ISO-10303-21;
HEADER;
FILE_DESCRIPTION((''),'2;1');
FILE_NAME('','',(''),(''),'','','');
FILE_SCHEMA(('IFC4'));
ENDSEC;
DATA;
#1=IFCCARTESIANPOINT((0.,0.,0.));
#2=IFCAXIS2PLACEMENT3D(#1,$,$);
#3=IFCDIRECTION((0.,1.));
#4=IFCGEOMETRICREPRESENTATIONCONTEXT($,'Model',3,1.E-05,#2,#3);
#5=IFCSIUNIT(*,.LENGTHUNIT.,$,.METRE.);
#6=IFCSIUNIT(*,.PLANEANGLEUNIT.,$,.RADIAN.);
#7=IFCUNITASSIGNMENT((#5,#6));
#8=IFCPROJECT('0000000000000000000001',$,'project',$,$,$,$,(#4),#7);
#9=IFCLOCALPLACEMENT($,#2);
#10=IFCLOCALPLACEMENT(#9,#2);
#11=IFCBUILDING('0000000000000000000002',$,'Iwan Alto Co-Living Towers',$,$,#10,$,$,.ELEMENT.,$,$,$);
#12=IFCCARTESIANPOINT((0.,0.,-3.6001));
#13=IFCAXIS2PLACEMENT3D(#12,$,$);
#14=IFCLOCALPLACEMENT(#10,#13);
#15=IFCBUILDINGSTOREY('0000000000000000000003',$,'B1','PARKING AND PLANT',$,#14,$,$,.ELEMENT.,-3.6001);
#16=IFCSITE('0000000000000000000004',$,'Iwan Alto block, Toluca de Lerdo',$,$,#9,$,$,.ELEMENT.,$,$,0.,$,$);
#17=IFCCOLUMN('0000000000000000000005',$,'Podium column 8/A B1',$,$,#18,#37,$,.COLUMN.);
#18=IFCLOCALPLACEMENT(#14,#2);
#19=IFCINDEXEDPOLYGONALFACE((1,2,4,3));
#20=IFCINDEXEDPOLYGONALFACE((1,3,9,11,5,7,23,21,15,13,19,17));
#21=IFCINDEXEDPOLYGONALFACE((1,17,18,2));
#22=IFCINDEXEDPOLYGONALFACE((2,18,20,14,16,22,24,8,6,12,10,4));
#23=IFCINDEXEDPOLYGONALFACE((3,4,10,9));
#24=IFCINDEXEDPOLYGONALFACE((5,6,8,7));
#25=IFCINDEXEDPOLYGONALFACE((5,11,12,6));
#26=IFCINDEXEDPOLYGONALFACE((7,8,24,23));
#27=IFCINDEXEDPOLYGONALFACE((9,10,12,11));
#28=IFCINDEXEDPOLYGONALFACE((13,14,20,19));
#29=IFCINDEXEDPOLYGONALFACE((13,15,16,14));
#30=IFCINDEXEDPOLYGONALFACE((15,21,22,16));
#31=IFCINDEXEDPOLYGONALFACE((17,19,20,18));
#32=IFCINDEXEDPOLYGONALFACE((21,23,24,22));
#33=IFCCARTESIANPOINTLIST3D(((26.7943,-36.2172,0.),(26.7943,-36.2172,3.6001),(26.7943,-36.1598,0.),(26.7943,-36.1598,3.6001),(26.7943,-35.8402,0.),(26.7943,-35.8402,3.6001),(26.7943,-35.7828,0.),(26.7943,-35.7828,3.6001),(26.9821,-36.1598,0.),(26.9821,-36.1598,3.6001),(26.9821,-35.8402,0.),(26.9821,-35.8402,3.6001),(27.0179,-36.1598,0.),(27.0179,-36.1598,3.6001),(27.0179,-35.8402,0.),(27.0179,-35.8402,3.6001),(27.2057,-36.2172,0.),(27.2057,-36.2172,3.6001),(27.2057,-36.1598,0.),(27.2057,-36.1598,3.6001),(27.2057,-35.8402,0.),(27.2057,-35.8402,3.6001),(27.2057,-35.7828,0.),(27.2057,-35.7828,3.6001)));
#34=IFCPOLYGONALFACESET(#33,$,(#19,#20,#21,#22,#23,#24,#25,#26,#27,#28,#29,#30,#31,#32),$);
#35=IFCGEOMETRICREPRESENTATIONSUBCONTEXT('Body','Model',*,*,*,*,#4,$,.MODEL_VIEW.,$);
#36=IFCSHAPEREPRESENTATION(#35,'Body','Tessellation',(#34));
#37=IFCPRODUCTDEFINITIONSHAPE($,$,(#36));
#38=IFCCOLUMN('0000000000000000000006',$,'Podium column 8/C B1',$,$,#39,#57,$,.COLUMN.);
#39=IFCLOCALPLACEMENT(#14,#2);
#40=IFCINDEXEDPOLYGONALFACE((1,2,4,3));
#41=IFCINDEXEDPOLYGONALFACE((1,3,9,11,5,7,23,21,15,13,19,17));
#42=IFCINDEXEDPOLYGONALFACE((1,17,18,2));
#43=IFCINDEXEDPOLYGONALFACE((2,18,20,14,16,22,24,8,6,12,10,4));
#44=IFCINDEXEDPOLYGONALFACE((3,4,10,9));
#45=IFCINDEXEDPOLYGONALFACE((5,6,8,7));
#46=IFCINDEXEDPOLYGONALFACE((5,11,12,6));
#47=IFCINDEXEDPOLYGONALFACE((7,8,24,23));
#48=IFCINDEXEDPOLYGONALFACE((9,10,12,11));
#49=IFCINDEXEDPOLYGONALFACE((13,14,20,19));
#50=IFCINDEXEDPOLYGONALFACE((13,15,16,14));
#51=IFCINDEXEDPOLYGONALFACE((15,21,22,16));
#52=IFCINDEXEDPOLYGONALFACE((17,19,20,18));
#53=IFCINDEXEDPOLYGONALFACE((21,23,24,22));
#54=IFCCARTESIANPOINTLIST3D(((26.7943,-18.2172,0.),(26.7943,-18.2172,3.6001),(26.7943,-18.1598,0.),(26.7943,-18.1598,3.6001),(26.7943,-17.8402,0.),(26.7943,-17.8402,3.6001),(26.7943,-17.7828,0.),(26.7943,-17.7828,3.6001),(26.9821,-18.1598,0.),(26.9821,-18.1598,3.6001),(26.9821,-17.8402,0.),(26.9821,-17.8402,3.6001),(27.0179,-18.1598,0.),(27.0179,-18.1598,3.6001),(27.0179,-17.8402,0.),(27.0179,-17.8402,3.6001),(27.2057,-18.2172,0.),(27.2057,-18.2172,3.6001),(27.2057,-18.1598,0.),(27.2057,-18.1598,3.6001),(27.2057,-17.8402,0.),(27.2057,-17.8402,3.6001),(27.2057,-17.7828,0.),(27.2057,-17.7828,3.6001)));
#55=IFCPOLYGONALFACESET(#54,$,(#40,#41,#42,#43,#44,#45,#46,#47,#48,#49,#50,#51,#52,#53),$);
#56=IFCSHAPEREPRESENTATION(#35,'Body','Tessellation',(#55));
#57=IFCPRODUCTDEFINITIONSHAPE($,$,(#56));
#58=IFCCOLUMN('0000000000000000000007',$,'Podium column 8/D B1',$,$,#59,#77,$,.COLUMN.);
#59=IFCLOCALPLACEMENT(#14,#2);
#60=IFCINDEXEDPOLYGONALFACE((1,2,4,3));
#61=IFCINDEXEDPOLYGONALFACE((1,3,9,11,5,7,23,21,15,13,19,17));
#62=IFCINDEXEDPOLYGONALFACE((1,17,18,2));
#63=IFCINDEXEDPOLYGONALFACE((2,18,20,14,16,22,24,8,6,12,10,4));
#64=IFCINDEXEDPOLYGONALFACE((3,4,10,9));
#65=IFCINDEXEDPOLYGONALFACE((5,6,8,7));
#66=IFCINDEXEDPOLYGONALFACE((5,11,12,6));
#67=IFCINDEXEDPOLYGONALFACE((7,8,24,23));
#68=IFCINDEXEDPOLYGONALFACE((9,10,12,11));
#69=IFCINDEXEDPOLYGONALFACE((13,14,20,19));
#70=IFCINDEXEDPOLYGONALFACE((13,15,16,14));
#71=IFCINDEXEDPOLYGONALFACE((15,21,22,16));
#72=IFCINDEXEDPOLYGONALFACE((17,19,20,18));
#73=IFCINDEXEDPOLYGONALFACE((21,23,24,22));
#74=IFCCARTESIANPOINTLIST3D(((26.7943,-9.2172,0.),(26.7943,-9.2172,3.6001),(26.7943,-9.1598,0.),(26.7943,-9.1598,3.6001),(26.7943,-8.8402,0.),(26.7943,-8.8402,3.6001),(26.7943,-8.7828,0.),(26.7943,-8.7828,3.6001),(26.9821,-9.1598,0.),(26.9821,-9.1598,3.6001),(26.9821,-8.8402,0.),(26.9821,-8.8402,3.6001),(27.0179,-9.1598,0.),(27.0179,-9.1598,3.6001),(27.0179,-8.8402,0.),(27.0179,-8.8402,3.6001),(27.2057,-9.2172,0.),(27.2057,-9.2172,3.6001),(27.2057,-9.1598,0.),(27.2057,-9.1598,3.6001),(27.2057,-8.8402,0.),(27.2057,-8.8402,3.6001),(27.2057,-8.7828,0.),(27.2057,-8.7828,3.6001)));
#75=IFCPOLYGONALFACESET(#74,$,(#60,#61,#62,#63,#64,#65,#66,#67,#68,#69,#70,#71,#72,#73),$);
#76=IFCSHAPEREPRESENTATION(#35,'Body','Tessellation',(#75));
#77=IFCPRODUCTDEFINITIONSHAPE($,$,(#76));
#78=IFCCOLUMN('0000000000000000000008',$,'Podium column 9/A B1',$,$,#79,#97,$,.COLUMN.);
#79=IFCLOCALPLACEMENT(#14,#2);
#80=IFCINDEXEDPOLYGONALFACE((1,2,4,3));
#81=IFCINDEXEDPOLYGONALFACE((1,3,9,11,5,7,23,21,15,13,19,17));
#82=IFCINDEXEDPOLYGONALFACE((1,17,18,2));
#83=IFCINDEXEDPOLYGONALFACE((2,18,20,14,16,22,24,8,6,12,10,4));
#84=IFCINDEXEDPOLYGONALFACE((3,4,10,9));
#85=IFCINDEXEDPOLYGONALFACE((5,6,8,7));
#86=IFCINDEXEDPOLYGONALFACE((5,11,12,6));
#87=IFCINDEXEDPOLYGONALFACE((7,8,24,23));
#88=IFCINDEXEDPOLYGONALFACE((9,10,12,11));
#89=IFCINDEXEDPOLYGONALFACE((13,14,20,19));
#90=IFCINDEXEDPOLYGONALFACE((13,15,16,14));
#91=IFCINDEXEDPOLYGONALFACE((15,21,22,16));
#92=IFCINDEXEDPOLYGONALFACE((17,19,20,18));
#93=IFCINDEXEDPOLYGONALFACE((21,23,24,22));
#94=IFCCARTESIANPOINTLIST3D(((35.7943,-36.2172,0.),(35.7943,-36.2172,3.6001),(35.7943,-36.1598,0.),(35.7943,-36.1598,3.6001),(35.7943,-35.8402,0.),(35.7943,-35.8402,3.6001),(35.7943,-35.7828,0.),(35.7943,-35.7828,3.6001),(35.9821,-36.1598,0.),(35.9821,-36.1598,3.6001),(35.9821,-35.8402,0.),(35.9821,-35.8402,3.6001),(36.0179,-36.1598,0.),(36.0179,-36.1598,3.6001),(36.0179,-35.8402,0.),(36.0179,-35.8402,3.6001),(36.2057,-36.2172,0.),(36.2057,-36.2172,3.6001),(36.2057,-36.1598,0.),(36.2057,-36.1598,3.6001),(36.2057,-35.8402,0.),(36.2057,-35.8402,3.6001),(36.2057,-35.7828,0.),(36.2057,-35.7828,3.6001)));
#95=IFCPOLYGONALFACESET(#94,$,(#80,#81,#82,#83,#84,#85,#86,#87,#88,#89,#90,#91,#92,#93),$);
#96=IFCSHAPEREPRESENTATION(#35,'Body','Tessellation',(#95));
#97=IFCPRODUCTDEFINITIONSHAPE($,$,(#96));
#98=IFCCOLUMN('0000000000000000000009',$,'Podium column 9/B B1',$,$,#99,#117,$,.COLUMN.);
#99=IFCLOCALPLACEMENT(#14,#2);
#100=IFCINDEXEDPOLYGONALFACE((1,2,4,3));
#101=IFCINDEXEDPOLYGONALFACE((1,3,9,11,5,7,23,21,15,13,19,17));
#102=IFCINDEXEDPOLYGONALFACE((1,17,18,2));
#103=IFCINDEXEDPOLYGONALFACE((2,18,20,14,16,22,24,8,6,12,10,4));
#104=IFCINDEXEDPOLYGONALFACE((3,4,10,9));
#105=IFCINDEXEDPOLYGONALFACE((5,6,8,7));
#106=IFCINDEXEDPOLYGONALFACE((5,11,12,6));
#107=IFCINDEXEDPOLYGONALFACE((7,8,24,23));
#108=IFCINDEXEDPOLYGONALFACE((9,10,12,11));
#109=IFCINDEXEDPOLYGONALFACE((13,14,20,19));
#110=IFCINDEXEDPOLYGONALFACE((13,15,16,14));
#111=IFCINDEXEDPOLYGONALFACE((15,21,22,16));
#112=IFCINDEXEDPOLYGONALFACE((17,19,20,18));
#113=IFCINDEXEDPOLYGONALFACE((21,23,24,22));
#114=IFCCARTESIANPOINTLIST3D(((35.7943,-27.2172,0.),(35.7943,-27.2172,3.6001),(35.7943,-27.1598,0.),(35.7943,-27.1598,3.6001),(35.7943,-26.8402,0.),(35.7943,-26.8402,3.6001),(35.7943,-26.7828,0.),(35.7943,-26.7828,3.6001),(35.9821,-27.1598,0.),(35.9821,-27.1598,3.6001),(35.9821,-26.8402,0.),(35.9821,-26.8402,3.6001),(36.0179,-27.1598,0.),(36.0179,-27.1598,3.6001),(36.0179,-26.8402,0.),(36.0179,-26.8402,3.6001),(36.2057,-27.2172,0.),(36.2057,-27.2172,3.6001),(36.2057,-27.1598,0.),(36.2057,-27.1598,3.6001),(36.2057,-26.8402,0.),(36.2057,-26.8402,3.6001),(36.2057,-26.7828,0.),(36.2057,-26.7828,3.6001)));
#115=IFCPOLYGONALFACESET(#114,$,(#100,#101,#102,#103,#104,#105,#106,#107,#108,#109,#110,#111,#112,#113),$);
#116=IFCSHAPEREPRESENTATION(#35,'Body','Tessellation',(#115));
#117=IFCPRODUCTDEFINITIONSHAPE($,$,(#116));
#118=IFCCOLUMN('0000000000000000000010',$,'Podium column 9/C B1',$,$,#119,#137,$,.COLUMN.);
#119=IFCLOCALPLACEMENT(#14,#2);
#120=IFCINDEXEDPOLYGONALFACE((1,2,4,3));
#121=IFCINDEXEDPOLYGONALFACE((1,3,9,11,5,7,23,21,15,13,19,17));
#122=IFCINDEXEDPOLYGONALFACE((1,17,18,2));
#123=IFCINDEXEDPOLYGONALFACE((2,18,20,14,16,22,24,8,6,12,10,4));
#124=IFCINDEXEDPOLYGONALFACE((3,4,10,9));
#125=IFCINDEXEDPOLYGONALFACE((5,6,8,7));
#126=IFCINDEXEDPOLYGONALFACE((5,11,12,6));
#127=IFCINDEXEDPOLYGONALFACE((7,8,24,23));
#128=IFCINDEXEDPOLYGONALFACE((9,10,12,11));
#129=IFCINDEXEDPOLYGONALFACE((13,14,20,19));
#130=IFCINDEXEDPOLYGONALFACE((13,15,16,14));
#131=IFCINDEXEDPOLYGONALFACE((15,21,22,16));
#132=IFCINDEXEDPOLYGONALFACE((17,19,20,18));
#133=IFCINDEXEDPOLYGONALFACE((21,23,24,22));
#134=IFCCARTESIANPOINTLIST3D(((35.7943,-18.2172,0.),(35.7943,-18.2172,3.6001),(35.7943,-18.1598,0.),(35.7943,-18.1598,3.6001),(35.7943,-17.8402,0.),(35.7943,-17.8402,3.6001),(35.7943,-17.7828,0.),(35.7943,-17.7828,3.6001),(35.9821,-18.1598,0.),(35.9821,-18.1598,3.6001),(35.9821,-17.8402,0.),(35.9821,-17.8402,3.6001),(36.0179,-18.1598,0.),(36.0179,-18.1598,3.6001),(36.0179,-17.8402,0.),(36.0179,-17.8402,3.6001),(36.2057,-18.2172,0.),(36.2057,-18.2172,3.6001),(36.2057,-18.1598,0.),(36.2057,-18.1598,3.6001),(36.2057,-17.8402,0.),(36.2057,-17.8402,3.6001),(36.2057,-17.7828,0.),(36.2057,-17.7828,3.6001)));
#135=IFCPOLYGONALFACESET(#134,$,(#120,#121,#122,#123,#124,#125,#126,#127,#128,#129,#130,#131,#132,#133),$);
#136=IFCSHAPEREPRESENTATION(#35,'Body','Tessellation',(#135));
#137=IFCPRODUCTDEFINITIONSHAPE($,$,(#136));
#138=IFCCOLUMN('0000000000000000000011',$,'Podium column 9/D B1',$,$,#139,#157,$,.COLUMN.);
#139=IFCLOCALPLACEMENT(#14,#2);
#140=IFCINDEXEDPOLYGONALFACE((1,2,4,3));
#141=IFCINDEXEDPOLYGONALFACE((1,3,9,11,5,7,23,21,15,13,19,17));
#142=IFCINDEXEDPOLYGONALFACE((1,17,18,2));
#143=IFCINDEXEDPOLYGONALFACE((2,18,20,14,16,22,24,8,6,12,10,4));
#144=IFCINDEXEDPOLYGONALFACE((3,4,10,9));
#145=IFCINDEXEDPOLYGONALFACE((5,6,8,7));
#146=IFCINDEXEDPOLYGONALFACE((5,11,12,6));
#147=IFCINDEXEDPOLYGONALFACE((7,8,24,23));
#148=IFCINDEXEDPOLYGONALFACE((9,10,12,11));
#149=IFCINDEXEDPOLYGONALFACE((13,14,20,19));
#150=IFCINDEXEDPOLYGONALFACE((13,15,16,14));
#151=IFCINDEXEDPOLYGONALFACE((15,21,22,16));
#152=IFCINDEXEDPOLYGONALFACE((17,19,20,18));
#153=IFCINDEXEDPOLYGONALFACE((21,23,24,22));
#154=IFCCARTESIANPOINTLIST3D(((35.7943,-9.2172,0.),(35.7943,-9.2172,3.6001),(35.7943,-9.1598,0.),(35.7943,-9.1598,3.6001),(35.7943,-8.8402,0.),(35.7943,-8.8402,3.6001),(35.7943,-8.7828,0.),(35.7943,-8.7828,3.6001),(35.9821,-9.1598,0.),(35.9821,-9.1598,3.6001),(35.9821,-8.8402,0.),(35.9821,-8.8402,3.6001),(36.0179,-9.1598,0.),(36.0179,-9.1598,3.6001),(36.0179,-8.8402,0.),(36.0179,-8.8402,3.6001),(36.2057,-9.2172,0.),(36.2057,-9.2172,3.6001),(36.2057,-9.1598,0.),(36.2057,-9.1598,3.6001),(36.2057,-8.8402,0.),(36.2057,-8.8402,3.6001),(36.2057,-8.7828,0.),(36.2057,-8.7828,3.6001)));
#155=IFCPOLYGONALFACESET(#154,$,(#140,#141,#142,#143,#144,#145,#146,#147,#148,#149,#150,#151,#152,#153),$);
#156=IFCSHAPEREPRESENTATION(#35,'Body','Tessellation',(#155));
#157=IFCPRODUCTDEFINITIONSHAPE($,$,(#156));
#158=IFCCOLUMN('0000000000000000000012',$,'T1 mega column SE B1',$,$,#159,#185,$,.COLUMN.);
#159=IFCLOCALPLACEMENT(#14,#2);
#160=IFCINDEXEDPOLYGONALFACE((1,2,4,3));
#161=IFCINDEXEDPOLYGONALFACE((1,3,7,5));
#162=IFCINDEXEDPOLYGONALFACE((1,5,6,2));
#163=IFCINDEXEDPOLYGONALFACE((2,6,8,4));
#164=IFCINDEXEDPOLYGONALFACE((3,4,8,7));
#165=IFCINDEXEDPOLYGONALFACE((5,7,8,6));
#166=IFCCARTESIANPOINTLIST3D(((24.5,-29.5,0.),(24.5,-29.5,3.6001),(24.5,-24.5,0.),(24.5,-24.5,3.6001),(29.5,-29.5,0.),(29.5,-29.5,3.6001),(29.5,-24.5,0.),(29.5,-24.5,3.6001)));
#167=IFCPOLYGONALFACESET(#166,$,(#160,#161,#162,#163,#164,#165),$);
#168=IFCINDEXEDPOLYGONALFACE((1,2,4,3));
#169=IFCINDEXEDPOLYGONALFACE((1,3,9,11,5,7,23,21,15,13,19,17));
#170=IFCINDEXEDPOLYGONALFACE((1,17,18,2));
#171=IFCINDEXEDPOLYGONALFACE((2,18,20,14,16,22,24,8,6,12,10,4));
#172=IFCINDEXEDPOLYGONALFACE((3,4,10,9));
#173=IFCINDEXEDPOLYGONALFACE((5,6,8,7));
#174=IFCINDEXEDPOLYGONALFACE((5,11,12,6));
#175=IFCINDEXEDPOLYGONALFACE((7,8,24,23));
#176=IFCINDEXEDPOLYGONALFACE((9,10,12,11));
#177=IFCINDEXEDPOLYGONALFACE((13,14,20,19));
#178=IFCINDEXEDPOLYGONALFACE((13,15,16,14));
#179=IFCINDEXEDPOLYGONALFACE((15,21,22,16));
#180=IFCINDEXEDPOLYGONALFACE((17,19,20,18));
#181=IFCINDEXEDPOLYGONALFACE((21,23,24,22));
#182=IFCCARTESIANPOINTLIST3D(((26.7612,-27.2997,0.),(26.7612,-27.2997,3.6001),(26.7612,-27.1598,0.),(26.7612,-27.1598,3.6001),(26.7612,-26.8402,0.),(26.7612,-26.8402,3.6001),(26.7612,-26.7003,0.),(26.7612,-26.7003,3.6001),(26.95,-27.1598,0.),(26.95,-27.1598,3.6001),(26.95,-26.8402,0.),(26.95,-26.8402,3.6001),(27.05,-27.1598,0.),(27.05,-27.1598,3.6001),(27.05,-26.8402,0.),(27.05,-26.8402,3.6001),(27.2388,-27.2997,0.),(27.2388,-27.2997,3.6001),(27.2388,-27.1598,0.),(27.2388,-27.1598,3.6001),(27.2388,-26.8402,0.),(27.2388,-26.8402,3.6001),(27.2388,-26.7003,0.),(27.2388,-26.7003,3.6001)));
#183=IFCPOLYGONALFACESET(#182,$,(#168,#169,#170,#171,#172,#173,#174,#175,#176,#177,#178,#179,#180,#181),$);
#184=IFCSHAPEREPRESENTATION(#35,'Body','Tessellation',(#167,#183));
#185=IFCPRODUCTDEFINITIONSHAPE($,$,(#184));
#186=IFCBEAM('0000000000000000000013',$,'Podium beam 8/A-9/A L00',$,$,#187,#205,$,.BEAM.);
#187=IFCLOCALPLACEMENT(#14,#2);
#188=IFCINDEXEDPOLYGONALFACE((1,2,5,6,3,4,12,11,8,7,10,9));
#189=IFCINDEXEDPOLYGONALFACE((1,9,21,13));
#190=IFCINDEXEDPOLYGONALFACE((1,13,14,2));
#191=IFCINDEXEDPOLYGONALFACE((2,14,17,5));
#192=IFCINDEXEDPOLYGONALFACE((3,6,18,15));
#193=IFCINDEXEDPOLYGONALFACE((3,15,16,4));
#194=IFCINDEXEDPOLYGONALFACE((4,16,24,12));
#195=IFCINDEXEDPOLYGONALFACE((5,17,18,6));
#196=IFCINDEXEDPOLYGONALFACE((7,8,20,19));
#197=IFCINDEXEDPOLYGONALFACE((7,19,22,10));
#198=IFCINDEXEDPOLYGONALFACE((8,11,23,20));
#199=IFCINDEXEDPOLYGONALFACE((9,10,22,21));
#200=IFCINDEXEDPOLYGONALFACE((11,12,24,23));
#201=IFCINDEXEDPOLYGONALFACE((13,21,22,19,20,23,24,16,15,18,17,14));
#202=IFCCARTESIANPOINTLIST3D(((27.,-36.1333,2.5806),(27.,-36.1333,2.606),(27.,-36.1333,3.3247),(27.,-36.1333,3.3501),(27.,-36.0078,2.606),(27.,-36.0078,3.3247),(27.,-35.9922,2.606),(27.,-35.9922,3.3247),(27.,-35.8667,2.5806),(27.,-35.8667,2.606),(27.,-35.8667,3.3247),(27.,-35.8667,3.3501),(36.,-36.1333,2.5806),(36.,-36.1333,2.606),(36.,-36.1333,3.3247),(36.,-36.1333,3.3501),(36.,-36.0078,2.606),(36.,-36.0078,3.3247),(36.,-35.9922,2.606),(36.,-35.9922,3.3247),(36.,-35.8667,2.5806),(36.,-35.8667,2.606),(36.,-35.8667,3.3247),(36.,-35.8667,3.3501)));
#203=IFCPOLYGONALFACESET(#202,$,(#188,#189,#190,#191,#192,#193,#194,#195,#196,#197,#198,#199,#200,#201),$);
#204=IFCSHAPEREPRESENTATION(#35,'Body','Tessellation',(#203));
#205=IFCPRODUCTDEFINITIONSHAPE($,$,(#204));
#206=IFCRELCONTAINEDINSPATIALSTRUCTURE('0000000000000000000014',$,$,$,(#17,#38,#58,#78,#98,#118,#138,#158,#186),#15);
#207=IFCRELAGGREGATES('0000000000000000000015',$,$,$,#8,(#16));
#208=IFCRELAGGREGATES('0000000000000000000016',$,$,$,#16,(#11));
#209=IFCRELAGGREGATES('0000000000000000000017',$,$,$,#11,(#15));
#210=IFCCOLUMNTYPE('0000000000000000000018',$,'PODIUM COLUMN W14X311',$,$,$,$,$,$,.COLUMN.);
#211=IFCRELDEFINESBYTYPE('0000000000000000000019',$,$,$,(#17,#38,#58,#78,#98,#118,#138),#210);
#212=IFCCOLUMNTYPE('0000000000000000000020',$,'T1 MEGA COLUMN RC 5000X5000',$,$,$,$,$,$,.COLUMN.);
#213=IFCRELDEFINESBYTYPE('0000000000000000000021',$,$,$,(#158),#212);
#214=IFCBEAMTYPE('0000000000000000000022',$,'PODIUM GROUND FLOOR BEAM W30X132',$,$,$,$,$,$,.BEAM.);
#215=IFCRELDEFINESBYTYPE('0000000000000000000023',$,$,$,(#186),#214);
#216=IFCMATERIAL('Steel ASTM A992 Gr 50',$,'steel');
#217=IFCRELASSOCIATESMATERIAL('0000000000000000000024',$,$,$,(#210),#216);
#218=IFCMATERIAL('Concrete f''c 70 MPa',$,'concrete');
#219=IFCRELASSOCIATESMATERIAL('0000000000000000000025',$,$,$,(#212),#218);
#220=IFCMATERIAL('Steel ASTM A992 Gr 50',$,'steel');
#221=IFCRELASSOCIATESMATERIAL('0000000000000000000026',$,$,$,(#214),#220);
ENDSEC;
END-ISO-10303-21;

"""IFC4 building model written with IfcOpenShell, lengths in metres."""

from ifc_helpers import new_model, si_unit, direction, frame, origin, origin_2d, place, context, subcontext, project, spatial, rectangle, i_section, extrude, material, material_profile, profile_set, type_object, element, save


model = new_model("IFC4")

# Units and contexts
model_context = context("Model", 3, precision=1e-05, world=origin(), true_north=direction((0.0, 1.0)))
body_context = subcontext(model_context, "Body", "Model", "MODEL_VIEW")
ifc_project = project(units=[si_unit("LENGTHUNIT", "METRE"), si_unit("PLANEANGLEUNIT", "RADIAN")], contexts=[model_context])

# Site, building, storey
site_placement = place(None, origin())
site = spatial("IfcSite", under=ifc_project, at=site_placement, Name="Iwan Alto block, Toluca de Lerdo", CompositionType="ELEMENT", RefElevation=0.0)
building_placement = place(site_placement, origin())
building = spatial("IfcBuilding", under=site, at=building_placement, Name="Iwan Alto Co-Living Towers", CompositionType="ELEMENT")
storey_placement = place(building_placement, frame((0.0, 0.0, -3.6001)))
storey = spatial("IfcBuildingStorey", under=building, at=storey_placement, Name="B1", Description="PARKING AND PLANT", CompositionType="ELEMENT", Elevation=-3.6001)

# Columns
ifc_material_1 = material(Name="Steel ASTM A992 Gr 50", Category="steel")
ifc_material_profile_1 = material_profile(ifc_material_1, i_section(OverallWidth=0.4114, OverallDepth=0.4343, WebThickness=0.0359, FlangeThickness=0.0574, at=origin_2d()), Name="W14X311")
ifc_profile_set_1 = profile_set([ifc_material_profile_1], Name="Steel ASTM A992 Gr 50")
column_type_1 = type_object("IfcColumnType", Name="PODIUM COLUMN W14X311", PredefinedType="COLUMN", material=ifc_profile_set_1)
for number, where, z_axis, x_axis, name in (
    (1, (27.0, -36.0, 0.0), (0.0, 0.0, 1.0), (1.0, 0.0, 0.0), "Podium column 8/A B1"),
    (2, (27.0, -18.0, 0.0), (0.0, 0.0, 1.0), (1.0, 0.0, 0.0), "Podium column 8/C B1"),
    (3, (27.0, -9.0, 0.0), (0.0, 0.0, 1.0), (1.0, 0.0, 0.0), "Podium column 8/D B1"),
    (4, (36.0, -36.0, 0.0), (0.0, 0.0, 1.0), (1.0, 0.0, 0.0), "Podium column 9/A B1"),
    (5, (36.0, -27.0, 0.0), (0.0, 0.0, 1.0), (1.0, 0.0, 0.0), "Podium column 9/B B1"),
    (6, (36.0, -18.0, 0.0), (0.0, 0.0, 1.0), (1.0, 0.0, 0.0), "Podium column 9/C B1"),
    (7, (36.0, -9.0, 0.0), (0.0, 0.0, 1.0), (1.0, 0.0, 0.0), "Podium column 9/D B1"),
):
    element("IfcColumn", number, at=place(storey_placement, frame(where, z_axis=z_axis, x_axis=x_axis)), inside=storey, type_object=column_type_1, Name=name, PredefinedType="COLUMN", context=body_context, shape_type="SweptSolid", body=[
        extrude(i_section(OverallWidth=0.4114, OverallDepth=0.4343, WebThickness=0.0359, FlangeThickness=0.0574, at=origin_2d()), origin(), (0.0, 0.0, 1.0), 3.6001),
    ])
ifc_material_2 = material(Name="Concrete f'c 70 MPa", Category="concrete")
ifc_material_profile_2 = material_profile(ifc_material_2, rectangle(XDim=5.0, YDim=5.0, at=origin_2d()), Name="RC 5000X5000")
ifc_profile_set_2 = profile_set([ifc_material_profile_2], Name="Concrete f'c 70 MPa")
column_type_2 = type_object("IfcColumnType", Name="T1 MEGA COLUMN RC 5000X5000", PredefinedType="COLUMN", material=ifc_profile_set_2)
column_placement = place(storey_placement, frame((27.0, -27.0, 0.0), z_axis=(0.0, 0.0, 1.0), x_axis=(1.0, 0.0, 0.0)))
element("IfcColumn", 8, at=column_placement, inside=storey, type_object=column_type_2, Name="T1 mega column SE B1", PredefinedType="COLUMN", context=body_context, shape_type="SweptSolid", body=[
    extrude(rectangle(XDim=5.0, YDim=5.0, at=origin_2d()), origin(), (0.0, 0.0, 1.0), 3.6001),
    extrude(i_section(OverallWidth=0.4775, OverallDepth=0.5994, WebThickness=0.1001, FlangeThickness=0.1399, at=origin_2d()), origin(), (0.0, 0.0, 1.0), 3.6001),
])

# Beam
ifc_material_3 = material(Name="Steel ASTM A992 Gr 50", Category="steel")
ifc_material_profile_3 = material_profile(ifc_material_3, i_section(OverallWidth=0.2666, OverallDepth=0.7695, WebThickness=0.0156, FlangeThickness=0.0254, at=origin_2d()), Name="W30X132")
ifc_profile_set_3 = profile_set([ifc_material_profile_3], Name="Steel ASTM A992 Gr 50")
beam_type_1 = type_object("IfcBeamType", Name="PODIUM GROUND FLOOR BEAM W30X132", PredefinedType="BEAM", material=ifc_profile_set_3)
for number, where, z_axis, x_axis, name in (
    (9, (27.0, -36.0, 2.9653), (1.0, 0.0, 0.0), (0.0, 1.0, 0.0), "Podium beam 8/A-9/A L00"),
):
    element("IfcBeam", number, at=place(storey_placement, frame(where, z_axis=z_axis, x_axis=x_axis)), inside=storey, type_object=beam_type_1, Name=name, PredefinedType="BEAM", context=body_context, shape_type="SweptSolid", body=[
        extrude(i_section(OverallWidth=0.2666, OverallDepth=0.7695, WebThickness=0.0156, FlangeThickness=0.0254, at=origin_2d()), origin(), (0.0, 0.0, 1.0), 9.0),
    ])

save(model, "model.ifc")
